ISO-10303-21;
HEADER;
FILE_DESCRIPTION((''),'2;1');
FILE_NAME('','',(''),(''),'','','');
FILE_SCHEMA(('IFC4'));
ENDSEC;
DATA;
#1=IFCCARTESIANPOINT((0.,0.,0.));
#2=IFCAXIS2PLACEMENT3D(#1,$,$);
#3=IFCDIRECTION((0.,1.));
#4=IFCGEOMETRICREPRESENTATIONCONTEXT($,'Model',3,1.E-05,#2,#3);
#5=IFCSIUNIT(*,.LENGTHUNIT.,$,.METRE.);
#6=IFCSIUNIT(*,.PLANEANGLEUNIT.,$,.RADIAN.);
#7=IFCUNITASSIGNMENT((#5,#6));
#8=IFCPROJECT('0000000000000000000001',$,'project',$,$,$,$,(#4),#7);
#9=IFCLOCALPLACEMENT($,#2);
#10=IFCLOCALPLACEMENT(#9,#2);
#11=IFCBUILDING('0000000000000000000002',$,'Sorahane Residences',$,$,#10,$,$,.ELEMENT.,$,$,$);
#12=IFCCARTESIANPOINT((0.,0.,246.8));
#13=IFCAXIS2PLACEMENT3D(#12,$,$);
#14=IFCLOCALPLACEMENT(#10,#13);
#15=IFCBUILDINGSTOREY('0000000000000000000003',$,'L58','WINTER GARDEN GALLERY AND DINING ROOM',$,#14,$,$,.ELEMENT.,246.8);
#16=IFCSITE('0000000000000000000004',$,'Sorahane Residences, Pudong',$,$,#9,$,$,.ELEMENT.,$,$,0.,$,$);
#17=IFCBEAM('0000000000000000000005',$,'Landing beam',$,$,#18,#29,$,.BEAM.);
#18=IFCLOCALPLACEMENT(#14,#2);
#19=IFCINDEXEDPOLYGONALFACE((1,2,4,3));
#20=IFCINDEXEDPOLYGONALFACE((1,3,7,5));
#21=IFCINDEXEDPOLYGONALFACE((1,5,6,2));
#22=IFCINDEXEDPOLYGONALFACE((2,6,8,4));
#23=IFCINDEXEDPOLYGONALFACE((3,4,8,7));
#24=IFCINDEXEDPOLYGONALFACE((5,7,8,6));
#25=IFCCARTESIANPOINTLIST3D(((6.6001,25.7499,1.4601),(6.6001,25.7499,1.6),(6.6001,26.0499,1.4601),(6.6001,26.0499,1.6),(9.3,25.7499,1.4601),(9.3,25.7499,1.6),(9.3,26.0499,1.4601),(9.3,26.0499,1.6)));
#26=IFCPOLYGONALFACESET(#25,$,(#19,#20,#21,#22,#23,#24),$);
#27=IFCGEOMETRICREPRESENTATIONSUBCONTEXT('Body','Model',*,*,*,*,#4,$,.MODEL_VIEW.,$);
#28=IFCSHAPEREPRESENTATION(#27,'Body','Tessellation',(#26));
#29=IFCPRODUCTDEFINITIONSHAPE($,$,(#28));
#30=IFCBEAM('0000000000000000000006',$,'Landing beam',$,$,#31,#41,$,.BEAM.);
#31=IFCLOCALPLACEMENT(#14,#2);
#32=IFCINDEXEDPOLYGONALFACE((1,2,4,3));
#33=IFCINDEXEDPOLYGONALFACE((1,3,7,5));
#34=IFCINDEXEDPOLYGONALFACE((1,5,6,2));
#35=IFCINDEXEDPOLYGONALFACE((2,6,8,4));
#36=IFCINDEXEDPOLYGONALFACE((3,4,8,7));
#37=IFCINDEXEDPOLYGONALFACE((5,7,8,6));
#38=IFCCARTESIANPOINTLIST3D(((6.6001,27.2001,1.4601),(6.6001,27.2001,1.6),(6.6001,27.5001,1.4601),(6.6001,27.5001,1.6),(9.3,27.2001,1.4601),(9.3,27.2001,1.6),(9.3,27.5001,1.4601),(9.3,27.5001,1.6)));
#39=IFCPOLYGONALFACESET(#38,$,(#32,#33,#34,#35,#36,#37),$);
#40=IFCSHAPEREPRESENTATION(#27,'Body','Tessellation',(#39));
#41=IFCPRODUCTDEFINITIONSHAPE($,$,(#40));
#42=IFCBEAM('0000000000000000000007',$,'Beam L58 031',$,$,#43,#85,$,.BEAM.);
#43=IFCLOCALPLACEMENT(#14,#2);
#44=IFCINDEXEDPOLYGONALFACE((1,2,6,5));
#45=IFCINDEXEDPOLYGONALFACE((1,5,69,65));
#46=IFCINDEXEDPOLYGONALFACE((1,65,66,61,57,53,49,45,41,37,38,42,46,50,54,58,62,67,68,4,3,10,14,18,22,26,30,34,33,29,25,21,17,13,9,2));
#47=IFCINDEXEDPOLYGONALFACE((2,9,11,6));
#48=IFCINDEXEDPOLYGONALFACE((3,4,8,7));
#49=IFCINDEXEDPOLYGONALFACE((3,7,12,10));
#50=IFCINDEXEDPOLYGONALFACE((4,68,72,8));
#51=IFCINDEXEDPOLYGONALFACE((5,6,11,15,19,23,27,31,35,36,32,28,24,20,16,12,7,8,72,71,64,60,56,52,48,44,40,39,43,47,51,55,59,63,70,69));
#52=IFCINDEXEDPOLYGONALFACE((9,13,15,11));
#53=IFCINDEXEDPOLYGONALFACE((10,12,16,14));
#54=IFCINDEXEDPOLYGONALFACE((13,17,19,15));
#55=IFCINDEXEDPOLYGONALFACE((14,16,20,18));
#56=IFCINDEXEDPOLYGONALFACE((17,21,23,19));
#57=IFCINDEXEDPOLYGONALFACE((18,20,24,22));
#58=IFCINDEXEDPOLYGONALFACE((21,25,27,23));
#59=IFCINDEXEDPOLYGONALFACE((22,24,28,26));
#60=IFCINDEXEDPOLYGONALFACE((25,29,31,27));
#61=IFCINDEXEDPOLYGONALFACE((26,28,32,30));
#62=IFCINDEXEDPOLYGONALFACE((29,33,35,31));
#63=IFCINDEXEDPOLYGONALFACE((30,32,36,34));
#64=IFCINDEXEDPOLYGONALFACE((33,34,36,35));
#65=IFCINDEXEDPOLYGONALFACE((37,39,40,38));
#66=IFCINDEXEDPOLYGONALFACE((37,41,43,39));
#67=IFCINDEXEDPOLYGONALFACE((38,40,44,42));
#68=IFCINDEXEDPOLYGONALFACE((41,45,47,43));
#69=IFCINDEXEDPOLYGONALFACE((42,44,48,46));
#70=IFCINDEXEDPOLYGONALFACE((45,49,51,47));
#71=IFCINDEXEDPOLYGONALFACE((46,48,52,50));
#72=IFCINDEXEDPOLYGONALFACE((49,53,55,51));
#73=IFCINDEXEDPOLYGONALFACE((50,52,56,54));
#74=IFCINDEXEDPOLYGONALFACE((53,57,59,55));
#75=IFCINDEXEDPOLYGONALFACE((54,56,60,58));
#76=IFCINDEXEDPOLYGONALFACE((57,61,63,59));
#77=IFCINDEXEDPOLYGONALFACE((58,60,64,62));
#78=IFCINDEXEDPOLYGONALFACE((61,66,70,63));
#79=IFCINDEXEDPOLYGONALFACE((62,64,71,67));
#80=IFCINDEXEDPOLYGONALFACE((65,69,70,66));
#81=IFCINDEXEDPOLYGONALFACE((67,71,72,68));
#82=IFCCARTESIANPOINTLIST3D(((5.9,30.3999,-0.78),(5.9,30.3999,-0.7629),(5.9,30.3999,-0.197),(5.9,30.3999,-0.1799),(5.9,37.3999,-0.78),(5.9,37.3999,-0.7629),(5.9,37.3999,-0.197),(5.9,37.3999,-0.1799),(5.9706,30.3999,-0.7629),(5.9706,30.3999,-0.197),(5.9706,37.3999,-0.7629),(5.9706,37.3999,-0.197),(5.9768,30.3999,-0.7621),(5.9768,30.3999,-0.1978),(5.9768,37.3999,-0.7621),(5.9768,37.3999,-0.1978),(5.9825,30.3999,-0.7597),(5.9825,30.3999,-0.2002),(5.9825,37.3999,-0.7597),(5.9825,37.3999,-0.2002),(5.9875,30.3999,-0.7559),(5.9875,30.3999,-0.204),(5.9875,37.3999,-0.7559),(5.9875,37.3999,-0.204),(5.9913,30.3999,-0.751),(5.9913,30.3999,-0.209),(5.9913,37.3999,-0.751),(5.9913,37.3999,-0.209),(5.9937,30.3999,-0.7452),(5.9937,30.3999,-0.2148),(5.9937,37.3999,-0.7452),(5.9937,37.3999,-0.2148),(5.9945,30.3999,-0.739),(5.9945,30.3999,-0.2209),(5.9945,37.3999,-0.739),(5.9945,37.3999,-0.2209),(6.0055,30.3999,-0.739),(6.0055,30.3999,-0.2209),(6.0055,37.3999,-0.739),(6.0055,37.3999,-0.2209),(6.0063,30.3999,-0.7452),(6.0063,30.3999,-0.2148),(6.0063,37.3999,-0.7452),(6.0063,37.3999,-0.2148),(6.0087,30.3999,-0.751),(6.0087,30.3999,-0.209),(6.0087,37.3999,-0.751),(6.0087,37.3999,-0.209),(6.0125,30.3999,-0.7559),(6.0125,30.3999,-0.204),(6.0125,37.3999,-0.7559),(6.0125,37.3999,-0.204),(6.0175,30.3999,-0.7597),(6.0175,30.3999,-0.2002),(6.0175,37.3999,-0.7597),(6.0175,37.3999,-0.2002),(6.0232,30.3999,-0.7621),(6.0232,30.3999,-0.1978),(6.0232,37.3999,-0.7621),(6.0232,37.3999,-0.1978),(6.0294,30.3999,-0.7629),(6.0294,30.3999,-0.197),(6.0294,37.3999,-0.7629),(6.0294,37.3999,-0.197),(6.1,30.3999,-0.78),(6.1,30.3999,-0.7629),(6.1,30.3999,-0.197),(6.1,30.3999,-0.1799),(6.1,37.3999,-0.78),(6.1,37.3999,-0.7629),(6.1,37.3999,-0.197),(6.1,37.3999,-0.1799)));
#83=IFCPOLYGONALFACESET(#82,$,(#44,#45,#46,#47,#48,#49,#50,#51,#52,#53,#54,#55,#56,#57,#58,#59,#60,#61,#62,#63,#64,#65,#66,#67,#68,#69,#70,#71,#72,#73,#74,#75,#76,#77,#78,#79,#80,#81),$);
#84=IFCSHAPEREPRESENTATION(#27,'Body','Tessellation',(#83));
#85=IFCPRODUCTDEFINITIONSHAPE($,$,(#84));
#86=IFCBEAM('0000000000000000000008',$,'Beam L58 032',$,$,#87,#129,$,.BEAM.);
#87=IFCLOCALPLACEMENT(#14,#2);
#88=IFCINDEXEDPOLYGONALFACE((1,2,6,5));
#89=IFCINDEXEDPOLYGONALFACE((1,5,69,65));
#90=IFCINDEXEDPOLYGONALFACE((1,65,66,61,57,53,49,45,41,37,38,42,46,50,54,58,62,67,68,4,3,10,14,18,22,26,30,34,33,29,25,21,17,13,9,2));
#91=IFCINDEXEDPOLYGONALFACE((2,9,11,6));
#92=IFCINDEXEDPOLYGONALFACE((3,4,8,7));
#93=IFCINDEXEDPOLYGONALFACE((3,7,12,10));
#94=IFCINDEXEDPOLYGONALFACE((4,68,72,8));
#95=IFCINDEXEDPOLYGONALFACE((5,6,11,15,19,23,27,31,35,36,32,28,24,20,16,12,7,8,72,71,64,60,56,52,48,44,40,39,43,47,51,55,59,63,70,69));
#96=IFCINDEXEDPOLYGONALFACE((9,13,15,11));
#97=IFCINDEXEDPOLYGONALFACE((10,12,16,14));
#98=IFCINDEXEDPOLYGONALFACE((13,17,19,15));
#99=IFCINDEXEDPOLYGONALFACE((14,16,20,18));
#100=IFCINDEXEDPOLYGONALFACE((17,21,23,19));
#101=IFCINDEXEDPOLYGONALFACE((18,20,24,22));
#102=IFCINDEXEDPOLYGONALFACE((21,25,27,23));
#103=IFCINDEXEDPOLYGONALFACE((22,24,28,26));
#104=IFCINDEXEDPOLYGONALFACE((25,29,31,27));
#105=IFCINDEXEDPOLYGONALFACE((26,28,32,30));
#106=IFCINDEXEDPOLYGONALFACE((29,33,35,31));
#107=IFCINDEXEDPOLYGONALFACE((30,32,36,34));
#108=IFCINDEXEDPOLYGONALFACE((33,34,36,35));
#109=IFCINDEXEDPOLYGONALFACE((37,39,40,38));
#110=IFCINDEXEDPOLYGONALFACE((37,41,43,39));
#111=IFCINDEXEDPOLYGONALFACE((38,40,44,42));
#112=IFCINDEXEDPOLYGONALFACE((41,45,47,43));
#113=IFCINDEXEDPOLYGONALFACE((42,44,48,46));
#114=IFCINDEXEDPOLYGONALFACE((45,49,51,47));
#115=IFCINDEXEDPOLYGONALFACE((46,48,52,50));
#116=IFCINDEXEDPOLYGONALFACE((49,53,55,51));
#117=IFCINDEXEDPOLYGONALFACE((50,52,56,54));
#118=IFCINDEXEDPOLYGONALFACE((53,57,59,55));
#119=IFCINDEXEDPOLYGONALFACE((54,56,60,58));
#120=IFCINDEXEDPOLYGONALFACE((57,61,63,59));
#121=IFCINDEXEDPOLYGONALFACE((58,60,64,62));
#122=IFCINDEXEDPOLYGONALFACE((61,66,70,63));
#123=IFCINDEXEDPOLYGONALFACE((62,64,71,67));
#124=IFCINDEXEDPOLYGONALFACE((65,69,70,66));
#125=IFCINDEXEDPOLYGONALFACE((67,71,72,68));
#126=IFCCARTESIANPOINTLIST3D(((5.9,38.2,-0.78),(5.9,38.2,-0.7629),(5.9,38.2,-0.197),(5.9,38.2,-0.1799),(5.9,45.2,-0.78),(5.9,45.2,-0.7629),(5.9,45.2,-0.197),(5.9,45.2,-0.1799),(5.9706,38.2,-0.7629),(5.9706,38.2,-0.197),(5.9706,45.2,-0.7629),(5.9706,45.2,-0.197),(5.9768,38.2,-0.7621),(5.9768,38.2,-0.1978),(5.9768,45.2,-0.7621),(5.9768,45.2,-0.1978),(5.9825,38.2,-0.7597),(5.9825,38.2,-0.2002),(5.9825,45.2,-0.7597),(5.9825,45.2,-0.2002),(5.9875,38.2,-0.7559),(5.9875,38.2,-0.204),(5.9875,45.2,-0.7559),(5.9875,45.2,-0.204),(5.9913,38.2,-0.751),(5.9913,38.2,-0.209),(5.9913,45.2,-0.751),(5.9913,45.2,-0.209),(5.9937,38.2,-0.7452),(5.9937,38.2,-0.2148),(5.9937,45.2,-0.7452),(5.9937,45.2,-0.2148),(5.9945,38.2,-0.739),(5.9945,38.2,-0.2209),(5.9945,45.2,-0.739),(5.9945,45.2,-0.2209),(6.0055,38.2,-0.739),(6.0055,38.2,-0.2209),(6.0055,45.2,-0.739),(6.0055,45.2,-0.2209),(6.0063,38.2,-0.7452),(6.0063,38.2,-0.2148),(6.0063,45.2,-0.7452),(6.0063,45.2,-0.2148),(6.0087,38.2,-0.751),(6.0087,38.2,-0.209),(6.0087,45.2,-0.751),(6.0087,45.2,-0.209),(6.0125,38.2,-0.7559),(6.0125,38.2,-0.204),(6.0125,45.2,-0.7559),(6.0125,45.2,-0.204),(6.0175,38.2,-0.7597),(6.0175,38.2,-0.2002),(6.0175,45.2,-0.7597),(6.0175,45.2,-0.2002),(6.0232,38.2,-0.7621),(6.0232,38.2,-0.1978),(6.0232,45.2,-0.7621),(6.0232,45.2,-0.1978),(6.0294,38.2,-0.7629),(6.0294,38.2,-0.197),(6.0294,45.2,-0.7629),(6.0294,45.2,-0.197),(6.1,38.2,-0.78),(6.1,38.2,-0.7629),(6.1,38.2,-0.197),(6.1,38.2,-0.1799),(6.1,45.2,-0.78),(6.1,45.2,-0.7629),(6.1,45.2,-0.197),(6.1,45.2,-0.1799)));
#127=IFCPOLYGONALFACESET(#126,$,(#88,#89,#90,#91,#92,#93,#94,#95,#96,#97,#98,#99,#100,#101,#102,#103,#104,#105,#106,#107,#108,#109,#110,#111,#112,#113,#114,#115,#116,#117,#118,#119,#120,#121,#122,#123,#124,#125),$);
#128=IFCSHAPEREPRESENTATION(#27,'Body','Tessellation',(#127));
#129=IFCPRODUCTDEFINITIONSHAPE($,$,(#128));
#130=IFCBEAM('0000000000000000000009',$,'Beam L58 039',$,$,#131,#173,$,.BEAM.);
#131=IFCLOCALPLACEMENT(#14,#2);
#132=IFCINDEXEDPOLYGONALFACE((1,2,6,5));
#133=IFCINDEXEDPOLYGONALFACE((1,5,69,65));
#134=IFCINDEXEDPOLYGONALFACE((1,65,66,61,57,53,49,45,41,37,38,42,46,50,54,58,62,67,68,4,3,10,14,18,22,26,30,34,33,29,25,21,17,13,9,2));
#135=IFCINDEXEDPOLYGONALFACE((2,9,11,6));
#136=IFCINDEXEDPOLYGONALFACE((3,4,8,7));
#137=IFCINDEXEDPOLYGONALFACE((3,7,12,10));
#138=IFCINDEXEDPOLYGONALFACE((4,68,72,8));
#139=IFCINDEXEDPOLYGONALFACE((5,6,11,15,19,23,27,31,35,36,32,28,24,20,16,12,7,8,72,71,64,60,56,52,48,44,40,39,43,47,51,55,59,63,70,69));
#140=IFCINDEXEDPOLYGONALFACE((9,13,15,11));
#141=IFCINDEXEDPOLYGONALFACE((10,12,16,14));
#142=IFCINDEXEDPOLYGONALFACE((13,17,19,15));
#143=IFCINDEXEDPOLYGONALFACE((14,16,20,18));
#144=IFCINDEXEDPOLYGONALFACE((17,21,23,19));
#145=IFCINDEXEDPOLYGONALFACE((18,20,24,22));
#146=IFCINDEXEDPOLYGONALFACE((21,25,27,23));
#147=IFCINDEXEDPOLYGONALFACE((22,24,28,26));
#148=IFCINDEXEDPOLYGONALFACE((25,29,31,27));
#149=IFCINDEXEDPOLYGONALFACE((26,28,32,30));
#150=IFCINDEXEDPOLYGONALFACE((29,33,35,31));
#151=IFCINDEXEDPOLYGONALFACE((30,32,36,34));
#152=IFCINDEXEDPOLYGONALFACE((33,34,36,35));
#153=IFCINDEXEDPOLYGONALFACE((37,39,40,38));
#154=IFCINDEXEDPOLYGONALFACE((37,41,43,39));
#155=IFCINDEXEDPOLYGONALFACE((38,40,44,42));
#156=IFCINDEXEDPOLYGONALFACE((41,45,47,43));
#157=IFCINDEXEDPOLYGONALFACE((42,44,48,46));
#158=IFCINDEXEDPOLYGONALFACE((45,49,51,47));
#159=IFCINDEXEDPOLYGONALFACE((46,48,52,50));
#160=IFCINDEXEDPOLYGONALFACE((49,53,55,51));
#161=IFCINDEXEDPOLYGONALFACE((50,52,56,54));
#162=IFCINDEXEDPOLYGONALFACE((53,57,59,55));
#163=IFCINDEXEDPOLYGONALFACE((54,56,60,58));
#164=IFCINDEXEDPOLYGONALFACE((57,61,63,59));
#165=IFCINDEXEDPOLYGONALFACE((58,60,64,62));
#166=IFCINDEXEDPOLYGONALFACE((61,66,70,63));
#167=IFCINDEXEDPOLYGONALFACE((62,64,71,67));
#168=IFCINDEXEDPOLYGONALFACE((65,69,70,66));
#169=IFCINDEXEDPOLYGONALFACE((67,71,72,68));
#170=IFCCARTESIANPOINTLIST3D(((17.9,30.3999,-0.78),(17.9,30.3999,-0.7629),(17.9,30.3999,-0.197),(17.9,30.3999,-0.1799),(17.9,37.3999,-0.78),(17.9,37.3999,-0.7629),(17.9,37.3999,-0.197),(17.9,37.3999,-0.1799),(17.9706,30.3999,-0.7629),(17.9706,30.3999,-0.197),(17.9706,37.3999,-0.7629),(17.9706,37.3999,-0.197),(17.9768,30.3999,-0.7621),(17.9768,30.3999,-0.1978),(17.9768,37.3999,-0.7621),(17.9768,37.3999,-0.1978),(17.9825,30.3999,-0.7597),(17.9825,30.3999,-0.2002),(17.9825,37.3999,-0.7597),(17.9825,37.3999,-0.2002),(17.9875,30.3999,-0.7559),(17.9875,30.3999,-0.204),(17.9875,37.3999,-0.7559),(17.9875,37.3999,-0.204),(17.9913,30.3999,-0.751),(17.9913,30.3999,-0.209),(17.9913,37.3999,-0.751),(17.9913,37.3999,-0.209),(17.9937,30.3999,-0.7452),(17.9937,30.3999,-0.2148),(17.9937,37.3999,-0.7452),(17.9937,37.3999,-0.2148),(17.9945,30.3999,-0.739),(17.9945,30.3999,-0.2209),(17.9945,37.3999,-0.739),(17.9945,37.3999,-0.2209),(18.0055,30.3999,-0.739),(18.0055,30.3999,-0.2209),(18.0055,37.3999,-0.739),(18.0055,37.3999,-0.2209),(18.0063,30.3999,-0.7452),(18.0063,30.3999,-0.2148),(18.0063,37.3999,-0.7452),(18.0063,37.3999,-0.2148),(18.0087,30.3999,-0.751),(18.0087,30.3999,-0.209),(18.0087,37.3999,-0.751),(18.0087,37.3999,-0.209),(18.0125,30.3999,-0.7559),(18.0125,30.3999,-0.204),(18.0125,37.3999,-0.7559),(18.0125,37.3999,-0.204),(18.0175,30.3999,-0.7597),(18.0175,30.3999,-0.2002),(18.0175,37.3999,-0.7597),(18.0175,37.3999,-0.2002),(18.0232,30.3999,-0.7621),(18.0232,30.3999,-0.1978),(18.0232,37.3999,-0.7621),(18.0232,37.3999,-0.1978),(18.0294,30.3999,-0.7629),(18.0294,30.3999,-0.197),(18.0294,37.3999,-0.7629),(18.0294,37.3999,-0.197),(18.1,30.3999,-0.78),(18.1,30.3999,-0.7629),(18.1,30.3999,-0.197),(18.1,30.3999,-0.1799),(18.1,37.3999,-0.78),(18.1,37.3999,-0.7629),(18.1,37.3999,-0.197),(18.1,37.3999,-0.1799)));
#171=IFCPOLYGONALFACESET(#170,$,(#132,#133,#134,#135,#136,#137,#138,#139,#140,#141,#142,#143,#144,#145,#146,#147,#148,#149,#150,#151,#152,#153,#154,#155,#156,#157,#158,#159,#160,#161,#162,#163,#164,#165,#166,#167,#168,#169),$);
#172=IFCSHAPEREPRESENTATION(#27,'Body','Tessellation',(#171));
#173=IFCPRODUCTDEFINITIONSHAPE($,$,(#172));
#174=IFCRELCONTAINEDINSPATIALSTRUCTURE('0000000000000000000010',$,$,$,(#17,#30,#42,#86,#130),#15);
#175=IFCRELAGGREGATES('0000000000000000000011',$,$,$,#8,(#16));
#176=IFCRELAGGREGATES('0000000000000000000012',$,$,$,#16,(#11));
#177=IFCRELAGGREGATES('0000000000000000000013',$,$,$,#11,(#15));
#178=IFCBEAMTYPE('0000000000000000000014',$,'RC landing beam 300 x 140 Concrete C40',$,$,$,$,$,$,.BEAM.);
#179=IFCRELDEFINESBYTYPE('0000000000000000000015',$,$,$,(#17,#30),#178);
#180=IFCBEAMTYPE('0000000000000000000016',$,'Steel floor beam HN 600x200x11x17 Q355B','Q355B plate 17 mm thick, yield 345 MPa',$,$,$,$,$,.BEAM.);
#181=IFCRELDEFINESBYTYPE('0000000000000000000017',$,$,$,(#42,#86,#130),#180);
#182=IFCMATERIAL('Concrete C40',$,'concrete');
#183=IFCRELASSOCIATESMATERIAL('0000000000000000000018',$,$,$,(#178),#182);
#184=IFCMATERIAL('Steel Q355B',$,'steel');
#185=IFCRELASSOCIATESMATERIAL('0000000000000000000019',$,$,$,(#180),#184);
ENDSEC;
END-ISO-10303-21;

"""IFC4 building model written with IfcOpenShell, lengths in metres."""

from ifc_helpers import new_model, si_unit, direction, frame, origin, origin_2d, place, context, subcontext, project, spatial, rectangle, i_section, extrude, material, material_profile, profile_set, type_object, element, save


model = new_model("IFC4")

# Units and contexts
model_context = context("Model", 3, precision=1e-05, world=origin(), true_north=direction((0.0, 1.0)))
body_context = subcontext(model_context, "Body", "Model", "MODEL_VIEW")
ifc_project = project(units=[si_unit("LENGTHUNIT", "METRE"), si_unit("PLANEANGLEUNIT", "RADIAN")], contexts=[model_context])

# Site, building, storey
site_placement = place(None, origin())
site = spatial("IfcSite", under=ifc_project, at=site_placement, Name="Sorahane Residences, Pudong", CompositionType="ELEMENT", RefElevation=0.0)
building_placement = place(site_placement, origin())
building = spatial("IfcBuilding", under=site, at=building_placement, Name="Sorahane Residences", CompositionType="ELEMENT")
storey_placement = place(building_placement, frame((0.0, 0.0, 246.8)))
storey = spatial("IfcBuildingStorey", under=building, at=storey_placement, Name="L58", Description="WINTER GARDEN GALLERY AND DINING ROOM", CompositionType="ELEMENT", Elevation=246.8)

# Beams
ifc_material_1 = material(Name="Concrete C40", Category="concrete")
ifc_material_profile_1 = material_profile(ifc_material_1, rectangle(XDim=0.3, YDim=0.1399, at=origin_2d()), Name="300x140")
ifc_profile_set_1 = profile_set([ifc_material_profile_1], Name="Concrete C40")
beam_type_1 = type_object("IfcBeamType", Name="RC landing beam 300 x 140 Concrete C40", PredefinedType="BEAM", material=ifc_profile_set_1)
for number, where, z_axis, x_axis, name in (
    (1, (6.6001, 25.8999, 1.53), (1.0, 0.0, 0.0), (0.0, 1.0, 0.0), "Landing beam"),
    (2, (6.6001, 27.3501, 1.53), (1.0, 0.0, 0.0), (0.0, 1.0, 0.0), "Landing beam"),
):
    element("IfcBeam", number, at=place(storey_placement, frame(where, z_axis=z_axis, x_axis=x_axis)), inside=storey, type_object=beam_type_1, Name=name, PredefinedType="BEAM", context=body_context, shape_type="SweptSolid", body=[
        extrude(rectangle(XDim=0.3, YDim=0.1399, at=origin_2d()), origin(), (0.0, 0.0, 1.0), 2.7),
    ])
ifc_material_2 = material(Name="Steel Q355B", Category="steel")
ifc_material_profile_2 = material_profile(ifc_material_2, i_section(OverallWidth=0.2, OverallDepth=0.6001, WebThickness=0.011, FlangeThickness=0.0171, FilletRadius=0.0239, at=origin_2d()), Name="HN 600x200x11x17")
ifc_profile_set_2 = profile_set([ifc_material_profile_2], Name="Steel Q355B")
beam_type_2 = type_object("IfcBeamType", Name="Steel floor beam HN 600x200x11x17 Q355B", Description="Q355B plate 17 mm thick, yield 345 MPa", PredefinedType="BEAM", material=ifc_profile_set_2)
for number, where, z_axis, x_axis, name in (
    (3, (6.0, 30.3999, -0.48), (0.0, 1.0, 0.0), (-1.0, 0.0, 0.0), "Beam L58 031"),
    (4, (6.0, 38.2, -0.48), (0.0, 1.0, 0.0), (-1.0, 0.0, 0.0), "Beam L58 032"),
    (5, (18.0, 30.3999, -0.48), (0.0, 1.0, 0.0), (-1.0, 0.0, 0.0), "Beam L58 039"),
):
    element("IfcBeam", number, at=place(storey_placement, frame(where, z_axis=z_axis, x_axis=x_axis)), inside=storey, type_object=beam_type_2, Name=name, PredefinedType="BEAM", context=body_context, shape_type="SweptSolid", body=[
        extrude(i_section(OverallWidth=0.2, OverallDepth=0.6001, WebThickness=0.011, FlangeThickness=0.0171, FilletRadius=0.0239, at=origin_2d()), origin(), (0.0, 0.0, 1.0), 7.0),
    ])

save(model, "model.ifc")
